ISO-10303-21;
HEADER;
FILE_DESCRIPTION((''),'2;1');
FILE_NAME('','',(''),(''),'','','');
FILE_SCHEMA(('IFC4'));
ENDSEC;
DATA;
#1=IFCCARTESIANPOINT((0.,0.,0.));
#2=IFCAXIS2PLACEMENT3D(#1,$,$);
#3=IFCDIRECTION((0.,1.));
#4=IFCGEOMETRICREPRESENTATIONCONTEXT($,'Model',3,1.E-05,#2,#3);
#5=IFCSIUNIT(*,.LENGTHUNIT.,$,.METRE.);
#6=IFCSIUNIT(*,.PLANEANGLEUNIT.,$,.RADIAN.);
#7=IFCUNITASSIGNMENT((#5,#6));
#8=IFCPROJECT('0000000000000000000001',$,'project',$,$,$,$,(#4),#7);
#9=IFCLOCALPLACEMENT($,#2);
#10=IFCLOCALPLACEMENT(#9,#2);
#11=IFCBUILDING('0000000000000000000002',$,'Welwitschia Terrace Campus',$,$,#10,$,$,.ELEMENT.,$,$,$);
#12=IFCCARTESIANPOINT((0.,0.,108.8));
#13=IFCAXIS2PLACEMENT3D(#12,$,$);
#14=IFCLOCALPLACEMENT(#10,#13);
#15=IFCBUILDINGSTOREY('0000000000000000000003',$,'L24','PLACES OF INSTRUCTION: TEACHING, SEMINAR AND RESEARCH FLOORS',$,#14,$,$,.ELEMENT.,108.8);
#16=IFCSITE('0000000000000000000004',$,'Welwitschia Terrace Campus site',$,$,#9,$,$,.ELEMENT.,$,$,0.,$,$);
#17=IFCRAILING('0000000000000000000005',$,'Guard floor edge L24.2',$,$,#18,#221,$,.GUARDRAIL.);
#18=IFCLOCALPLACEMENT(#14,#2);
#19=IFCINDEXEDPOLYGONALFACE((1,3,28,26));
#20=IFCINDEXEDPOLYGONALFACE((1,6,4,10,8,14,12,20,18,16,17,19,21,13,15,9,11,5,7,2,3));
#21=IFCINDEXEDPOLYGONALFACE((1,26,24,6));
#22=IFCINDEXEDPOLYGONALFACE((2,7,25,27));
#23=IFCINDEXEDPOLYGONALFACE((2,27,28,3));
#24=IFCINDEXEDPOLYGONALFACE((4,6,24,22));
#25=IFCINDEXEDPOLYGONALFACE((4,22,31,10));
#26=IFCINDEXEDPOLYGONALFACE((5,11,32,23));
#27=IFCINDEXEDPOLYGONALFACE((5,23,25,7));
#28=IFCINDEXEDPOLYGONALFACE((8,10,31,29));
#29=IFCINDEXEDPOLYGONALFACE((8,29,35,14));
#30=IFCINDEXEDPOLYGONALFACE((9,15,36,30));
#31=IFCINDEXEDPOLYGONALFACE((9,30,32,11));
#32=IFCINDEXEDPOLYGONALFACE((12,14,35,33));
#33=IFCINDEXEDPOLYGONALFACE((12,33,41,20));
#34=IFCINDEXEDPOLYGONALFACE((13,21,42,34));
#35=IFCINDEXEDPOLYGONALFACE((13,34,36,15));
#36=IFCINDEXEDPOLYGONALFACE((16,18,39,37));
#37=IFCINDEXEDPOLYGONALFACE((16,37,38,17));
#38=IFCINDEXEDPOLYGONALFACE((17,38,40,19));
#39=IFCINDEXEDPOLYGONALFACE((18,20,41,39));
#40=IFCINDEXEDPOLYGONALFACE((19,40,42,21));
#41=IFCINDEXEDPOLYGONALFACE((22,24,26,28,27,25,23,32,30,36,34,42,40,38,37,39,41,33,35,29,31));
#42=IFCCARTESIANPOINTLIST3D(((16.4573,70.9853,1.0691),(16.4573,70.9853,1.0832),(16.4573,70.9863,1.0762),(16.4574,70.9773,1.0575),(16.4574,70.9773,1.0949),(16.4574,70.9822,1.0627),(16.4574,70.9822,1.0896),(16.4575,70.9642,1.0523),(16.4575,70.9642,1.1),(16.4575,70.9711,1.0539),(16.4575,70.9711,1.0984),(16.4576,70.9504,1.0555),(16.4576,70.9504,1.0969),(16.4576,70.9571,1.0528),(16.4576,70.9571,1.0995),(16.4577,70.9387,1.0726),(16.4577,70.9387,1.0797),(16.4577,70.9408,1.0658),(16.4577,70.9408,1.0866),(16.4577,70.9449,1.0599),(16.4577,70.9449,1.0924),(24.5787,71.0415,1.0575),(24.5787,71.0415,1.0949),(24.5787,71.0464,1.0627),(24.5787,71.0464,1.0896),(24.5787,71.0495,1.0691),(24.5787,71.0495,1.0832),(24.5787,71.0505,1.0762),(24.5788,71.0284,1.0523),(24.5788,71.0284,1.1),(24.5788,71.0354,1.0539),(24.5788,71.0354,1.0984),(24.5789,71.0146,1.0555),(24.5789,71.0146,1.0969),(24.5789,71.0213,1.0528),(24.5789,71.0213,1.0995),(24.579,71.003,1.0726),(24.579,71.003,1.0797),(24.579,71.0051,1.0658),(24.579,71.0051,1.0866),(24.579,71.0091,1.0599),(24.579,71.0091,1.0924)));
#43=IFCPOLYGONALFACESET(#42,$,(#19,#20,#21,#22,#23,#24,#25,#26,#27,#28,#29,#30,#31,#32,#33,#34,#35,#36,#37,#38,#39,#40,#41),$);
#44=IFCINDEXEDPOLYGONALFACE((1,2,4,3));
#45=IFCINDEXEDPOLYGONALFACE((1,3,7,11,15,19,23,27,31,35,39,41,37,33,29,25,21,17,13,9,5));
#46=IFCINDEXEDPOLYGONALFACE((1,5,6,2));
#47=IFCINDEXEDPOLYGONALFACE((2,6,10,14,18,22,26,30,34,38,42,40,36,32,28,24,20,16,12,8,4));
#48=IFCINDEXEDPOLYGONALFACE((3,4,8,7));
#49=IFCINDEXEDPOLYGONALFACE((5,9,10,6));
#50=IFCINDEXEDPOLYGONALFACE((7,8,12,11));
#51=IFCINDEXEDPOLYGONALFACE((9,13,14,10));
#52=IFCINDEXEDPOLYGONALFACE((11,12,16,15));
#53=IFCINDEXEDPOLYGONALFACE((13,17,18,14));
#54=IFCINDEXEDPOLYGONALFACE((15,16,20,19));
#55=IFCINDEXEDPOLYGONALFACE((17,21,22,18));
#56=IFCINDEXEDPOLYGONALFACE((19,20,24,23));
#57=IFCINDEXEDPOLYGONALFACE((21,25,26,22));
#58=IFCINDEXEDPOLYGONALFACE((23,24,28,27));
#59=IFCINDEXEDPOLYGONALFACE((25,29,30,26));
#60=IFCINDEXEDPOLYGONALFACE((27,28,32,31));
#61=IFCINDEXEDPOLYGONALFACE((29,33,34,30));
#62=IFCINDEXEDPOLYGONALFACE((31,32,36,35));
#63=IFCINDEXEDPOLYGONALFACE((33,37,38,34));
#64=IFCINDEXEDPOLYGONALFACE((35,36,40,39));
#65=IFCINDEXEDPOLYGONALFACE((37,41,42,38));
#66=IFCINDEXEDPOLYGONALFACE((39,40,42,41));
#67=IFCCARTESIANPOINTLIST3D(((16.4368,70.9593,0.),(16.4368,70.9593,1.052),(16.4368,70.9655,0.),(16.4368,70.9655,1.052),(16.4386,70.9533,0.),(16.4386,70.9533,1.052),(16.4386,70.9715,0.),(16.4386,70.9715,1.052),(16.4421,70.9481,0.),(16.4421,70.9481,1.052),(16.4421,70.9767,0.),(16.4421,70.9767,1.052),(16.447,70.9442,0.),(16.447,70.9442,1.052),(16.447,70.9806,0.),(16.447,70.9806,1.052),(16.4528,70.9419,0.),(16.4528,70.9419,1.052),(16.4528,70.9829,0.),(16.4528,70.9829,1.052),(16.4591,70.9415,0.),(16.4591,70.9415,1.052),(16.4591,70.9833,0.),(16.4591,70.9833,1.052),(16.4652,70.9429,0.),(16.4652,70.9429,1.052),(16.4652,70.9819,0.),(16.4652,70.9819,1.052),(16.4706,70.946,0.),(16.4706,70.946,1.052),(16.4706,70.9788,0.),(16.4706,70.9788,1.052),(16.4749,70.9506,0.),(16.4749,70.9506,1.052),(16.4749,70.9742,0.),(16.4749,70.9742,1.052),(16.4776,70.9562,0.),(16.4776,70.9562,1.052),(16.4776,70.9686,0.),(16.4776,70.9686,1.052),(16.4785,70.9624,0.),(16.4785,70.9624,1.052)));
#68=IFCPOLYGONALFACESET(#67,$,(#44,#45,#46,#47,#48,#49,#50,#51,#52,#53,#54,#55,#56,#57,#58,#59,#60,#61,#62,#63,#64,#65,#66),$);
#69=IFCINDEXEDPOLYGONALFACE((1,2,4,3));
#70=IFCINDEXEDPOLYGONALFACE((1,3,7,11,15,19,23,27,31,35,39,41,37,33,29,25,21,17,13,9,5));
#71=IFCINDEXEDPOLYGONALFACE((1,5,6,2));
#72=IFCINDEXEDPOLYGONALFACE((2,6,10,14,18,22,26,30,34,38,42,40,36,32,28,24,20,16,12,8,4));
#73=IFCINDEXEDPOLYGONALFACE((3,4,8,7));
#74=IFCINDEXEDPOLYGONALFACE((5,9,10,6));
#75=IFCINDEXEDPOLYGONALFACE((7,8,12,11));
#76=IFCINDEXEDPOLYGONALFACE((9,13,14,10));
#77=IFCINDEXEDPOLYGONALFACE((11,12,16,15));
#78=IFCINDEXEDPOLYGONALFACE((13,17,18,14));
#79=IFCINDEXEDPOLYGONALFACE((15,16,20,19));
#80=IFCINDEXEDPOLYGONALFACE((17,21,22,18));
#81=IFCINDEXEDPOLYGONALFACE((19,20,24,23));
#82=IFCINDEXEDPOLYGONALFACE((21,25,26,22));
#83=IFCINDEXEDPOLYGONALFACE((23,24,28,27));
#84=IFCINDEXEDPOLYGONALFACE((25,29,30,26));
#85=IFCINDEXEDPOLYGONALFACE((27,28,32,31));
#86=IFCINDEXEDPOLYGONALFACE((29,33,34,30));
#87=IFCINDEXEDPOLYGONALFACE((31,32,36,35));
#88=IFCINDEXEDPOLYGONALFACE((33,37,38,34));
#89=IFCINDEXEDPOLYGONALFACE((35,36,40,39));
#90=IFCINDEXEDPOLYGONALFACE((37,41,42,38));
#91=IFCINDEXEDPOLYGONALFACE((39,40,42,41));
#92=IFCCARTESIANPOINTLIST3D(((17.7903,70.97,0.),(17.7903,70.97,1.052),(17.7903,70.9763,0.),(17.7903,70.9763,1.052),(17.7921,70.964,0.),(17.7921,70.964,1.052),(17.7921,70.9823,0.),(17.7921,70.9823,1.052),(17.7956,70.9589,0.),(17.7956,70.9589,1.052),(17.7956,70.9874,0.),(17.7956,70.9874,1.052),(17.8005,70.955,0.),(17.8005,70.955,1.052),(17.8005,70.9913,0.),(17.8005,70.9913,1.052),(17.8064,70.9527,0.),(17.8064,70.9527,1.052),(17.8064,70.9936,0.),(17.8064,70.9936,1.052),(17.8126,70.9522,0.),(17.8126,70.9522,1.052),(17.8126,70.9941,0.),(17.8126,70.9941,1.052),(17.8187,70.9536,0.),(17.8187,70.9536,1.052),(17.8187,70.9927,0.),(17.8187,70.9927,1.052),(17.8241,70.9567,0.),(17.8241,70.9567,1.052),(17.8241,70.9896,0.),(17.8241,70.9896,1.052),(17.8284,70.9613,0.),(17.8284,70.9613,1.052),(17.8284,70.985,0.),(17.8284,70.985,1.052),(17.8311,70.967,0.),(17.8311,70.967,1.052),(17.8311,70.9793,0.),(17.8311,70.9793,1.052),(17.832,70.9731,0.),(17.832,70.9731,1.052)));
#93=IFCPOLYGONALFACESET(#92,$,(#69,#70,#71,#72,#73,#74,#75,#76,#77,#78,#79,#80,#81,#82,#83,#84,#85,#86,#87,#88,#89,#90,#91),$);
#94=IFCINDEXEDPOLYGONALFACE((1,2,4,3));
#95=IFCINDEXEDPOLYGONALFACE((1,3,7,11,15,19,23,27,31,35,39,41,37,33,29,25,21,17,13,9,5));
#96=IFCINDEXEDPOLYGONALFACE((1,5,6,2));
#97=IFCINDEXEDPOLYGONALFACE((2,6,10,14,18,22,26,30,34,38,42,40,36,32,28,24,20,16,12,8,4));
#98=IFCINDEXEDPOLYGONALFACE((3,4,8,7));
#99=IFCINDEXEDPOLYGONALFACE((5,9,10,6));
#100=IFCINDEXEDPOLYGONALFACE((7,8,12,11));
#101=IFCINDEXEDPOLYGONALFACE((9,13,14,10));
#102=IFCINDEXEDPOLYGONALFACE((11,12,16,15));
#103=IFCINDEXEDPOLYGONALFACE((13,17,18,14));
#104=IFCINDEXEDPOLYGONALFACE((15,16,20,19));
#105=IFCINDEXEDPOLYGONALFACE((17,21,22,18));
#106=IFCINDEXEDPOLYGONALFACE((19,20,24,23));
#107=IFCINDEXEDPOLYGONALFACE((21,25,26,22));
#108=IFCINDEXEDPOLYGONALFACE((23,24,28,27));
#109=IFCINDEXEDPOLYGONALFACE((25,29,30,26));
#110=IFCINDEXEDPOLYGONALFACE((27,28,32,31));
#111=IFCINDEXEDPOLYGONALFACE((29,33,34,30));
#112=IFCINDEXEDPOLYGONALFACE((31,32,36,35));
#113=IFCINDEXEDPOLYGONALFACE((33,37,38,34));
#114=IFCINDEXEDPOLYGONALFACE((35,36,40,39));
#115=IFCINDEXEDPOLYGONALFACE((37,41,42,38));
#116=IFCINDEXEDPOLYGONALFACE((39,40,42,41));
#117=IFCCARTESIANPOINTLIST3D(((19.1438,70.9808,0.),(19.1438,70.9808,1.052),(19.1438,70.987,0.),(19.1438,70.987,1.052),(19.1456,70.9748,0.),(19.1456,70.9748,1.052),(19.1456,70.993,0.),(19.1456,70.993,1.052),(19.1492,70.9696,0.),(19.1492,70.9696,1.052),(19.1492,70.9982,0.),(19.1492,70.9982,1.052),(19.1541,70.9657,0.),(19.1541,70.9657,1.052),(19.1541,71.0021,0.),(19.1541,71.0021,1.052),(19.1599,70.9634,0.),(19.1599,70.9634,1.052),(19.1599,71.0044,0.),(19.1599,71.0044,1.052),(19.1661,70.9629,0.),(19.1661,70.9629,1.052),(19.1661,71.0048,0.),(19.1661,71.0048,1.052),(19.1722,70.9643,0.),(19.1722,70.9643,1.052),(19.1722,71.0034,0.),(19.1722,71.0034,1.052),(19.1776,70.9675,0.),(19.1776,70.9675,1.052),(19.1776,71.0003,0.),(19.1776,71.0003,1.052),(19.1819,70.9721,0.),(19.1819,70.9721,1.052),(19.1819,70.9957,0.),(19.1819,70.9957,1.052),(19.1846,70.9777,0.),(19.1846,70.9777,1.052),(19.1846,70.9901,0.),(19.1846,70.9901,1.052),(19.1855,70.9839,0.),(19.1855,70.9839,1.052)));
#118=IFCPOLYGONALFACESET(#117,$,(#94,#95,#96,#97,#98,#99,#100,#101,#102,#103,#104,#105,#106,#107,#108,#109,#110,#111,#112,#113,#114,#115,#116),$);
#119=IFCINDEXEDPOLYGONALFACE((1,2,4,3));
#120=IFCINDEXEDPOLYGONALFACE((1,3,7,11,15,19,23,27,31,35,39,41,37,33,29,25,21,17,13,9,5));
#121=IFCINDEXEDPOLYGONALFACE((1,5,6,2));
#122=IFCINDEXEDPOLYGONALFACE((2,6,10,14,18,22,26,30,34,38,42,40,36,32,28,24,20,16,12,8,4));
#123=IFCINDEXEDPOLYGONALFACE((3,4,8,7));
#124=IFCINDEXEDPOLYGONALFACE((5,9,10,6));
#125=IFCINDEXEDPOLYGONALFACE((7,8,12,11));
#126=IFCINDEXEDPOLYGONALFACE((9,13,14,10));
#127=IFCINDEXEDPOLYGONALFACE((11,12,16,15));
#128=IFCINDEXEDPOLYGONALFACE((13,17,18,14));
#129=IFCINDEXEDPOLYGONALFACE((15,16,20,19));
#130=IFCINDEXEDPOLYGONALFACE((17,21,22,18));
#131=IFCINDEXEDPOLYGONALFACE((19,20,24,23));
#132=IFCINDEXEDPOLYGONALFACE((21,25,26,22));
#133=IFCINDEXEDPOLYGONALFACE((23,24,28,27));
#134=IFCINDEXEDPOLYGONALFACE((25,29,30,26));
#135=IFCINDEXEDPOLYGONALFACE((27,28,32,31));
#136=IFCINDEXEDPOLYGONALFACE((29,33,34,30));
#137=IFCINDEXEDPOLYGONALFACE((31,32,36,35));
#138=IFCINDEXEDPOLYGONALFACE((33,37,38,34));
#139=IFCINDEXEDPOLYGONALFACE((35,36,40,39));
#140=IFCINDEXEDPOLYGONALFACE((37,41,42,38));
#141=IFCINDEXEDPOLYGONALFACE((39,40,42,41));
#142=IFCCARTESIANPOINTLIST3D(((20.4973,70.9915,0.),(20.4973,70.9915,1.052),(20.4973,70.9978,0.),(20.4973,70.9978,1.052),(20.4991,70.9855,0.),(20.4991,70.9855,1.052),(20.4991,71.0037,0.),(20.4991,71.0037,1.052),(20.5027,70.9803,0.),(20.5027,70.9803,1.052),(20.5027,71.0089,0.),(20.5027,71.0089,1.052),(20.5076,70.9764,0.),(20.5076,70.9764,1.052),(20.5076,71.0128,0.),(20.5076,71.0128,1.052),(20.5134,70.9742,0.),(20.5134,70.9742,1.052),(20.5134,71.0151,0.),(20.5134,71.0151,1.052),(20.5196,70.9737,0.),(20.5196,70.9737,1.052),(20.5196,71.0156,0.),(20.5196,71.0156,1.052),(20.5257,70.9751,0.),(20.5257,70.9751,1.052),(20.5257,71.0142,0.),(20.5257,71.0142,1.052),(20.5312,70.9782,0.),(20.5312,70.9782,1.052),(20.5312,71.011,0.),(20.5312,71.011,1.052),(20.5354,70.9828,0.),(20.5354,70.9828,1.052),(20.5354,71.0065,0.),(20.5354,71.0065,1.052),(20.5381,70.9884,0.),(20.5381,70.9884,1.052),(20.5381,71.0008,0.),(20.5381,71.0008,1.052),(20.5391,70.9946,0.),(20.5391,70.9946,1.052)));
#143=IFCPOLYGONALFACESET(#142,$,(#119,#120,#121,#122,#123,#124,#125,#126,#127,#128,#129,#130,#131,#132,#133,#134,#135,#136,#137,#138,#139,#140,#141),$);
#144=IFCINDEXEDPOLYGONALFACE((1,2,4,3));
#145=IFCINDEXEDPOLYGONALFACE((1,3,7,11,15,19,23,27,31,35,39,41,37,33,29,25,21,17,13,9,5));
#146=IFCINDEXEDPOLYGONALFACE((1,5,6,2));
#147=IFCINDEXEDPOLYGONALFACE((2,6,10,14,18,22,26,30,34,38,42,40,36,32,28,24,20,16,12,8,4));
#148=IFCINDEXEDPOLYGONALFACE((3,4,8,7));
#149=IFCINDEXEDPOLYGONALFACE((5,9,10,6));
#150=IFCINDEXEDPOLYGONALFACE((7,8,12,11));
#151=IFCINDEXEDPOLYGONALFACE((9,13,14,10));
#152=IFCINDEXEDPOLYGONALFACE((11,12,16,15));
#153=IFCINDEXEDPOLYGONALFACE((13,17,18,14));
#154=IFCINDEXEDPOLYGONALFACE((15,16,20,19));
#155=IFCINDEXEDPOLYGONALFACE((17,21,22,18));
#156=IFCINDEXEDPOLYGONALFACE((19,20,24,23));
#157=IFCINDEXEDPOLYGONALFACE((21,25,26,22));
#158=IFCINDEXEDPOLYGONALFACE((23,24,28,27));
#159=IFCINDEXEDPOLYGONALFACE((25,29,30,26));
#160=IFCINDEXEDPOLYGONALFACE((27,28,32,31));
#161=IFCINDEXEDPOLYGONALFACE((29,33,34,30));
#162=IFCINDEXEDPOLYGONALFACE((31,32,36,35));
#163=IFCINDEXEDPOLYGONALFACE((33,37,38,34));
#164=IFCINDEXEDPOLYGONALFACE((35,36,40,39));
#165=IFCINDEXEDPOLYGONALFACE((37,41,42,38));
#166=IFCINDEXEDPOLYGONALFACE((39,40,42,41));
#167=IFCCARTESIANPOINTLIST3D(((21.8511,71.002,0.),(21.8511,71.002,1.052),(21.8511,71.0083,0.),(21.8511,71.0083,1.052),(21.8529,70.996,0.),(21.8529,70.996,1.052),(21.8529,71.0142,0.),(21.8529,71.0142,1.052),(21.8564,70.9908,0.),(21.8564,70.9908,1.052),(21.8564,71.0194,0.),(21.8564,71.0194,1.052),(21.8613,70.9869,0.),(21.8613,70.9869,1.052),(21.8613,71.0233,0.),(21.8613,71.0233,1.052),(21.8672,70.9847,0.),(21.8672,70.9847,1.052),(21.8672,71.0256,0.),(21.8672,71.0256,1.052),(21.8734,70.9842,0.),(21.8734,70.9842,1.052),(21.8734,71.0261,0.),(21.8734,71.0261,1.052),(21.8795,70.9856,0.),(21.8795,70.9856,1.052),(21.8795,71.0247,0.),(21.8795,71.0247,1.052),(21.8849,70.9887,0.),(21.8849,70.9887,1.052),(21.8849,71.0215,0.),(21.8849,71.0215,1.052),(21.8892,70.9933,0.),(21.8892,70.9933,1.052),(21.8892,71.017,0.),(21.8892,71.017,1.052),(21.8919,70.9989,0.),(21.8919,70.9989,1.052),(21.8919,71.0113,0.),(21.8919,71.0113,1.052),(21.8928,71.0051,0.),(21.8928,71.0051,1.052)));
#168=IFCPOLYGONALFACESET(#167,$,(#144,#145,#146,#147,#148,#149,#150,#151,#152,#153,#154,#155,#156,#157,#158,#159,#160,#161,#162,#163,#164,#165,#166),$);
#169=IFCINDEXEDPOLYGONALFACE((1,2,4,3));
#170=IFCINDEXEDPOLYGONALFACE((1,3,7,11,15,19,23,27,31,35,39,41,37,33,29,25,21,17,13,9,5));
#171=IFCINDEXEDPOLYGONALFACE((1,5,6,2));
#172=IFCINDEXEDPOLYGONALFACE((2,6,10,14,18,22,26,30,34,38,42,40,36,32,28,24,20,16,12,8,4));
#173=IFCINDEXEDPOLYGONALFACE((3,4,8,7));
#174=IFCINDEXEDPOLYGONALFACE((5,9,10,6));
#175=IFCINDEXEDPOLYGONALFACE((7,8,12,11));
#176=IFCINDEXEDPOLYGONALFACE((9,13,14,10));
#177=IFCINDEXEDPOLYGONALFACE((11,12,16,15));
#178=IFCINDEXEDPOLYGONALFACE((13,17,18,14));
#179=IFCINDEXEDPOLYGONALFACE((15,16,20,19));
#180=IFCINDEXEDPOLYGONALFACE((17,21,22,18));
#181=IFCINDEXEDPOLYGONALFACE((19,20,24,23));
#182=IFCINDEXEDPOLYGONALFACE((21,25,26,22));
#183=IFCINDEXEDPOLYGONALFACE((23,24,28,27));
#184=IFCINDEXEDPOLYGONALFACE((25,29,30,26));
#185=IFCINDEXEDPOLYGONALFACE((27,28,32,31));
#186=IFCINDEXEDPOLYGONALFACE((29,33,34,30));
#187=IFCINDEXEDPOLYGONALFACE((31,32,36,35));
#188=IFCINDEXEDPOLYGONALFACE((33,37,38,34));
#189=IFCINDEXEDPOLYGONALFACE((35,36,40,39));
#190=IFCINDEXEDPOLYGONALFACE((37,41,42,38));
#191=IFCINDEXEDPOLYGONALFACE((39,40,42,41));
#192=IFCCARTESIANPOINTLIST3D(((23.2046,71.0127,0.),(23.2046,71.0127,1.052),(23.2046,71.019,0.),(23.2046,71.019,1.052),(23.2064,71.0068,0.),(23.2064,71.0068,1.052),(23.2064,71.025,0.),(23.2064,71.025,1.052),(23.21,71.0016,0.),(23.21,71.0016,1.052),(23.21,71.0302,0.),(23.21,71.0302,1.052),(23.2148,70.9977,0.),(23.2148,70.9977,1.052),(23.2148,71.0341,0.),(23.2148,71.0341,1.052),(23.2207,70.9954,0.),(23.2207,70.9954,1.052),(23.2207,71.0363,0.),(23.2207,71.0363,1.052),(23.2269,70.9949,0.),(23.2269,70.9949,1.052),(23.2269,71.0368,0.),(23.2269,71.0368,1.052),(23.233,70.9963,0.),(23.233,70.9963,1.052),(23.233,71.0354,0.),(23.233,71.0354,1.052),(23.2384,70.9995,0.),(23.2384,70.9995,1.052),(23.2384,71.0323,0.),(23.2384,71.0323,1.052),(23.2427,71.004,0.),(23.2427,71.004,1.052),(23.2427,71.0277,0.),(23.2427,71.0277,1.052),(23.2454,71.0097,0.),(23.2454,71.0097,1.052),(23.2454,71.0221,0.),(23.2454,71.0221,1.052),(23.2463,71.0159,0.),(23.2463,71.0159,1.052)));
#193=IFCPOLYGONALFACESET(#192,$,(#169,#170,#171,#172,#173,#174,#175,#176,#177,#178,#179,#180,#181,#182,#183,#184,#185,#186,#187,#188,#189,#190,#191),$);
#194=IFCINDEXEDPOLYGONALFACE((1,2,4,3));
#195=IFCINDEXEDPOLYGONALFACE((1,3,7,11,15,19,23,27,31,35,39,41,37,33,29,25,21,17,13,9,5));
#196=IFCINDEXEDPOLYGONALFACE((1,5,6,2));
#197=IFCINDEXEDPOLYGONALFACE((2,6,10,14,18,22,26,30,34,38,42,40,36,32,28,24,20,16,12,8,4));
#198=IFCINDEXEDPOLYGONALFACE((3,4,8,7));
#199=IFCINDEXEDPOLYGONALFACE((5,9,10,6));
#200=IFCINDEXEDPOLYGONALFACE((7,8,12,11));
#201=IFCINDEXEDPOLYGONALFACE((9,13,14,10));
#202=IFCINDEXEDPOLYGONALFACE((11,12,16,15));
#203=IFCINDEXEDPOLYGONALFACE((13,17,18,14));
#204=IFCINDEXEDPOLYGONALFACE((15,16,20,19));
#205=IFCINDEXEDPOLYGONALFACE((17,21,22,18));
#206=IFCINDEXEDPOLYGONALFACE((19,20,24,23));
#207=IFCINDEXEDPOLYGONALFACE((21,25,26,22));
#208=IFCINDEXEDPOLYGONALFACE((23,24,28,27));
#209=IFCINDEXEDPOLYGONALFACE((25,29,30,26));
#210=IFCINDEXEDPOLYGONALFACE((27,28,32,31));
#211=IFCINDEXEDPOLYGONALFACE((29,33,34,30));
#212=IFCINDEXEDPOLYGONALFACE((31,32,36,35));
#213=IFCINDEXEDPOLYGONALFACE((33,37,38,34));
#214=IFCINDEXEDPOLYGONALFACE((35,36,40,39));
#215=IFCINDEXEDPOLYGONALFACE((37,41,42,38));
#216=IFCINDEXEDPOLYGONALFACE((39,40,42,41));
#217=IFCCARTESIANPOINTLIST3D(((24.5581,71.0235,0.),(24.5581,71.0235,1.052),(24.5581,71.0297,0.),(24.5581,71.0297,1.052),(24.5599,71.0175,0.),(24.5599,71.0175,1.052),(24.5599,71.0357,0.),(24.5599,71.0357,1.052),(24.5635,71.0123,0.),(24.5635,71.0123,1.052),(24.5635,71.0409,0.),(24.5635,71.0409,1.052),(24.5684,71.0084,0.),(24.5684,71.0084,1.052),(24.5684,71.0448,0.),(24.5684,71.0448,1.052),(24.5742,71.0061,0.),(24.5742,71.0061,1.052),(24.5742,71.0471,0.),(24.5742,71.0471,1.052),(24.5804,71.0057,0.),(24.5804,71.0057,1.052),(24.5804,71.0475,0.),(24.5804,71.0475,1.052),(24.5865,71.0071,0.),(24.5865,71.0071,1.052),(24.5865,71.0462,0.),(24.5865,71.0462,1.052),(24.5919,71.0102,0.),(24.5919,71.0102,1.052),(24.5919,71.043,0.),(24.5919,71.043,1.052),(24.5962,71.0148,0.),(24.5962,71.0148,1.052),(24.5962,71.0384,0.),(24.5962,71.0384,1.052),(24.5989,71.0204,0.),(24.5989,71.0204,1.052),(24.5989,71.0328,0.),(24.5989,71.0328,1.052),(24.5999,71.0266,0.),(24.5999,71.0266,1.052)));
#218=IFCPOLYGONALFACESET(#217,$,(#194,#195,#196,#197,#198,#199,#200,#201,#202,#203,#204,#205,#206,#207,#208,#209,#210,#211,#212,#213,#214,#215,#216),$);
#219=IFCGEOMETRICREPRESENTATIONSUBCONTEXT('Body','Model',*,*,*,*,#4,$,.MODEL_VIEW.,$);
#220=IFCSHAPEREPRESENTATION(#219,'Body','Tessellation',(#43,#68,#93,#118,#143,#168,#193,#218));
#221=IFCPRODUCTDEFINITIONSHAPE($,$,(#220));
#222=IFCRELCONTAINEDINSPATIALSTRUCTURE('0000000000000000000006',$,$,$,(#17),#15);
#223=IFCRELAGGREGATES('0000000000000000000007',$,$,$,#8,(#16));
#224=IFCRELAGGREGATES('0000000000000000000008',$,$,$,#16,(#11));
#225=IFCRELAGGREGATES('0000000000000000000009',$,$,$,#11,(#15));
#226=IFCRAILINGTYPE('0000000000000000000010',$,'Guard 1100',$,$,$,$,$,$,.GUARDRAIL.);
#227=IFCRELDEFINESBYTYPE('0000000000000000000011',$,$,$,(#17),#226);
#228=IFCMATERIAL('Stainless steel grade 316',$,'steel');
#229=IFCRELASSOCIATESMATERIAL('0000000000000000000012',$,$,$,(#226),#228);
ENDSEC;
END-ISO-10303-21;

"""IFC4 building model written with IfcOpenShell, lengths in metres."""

from ifc_helpers import new_model, si_unit, direction, frame, origin, origin_2d, place, context, subcontext, project, spatial, circle, extrude, material, type_object, element, save


model = new_model("IFC4")

# Units and contexts
model_context = context("Model", 3, precision=1e-05, world=origin(), true_north=direction((0.0, 1.0)))
body_context = subcontext(model_context, "Body", "Model", "MODEL_VIEW")
ifc_project = project(units=[si_unit("LENGTHUNIT", "METRE"), si_unit("PLANEANGLEUNIT", "RADIAN")], contexts=[model_context])

# Site, building, storey
site_placement = place(None, origin())
site = spatial("IfcSite", under=ifc_project, at=site_placement, Name="Welwitschia Terrace Campus site", CompositionType="ELEMENT", RefElevation=0.0)
building_placement = place(site_placement, origin())
building = spatial("IfcBuilding", under=site, at=building_placement, Name="Welwitschia Terrace Campus", CompositionType="ELEMENT")
storey_placement = place(building_placement, frame((0.0, 0.0, 108.8)))
storey = spatial("IfcBuildingStorey", under=building, at=storey_placement, Name="L24", Description="PLACES OF INSTRUCTION: TEACHING, SEMINAR AND RESEARCH FLOORS", CompositionType="ELEMENT", Elevation=108.8)

# Railing
ifc_material_1 = material(Name="Stainless steel grade 316", Category="steel")
railing_type = type_object("IfcRailingType", Name="Guard 1100", PredefinedType="GUARDRAIL", material=ifc_material_1)
railing_placement = place(storey_placement, frame((16.4575, 70.9624, 0.0)))
element("IfcRailing", 1, at=railing_placement, inside=storey, type_object=railing_type, Name="Guard floor edge L24.2", PredefinedType="GUARDRAIL", context=body_context, shape_type="SweptSolid", body=[
    extrude(circle(Radius=0.0239, at=origin_2d()), frame((0.0, 0.0, 1.0762), z_axis=(0.999969, 0.007906, 0.0), x_axis=(-0.007906, 0.999969, 0.0)), (0.0, 0.0, 1.0), 8.1216),
    extrude(circle(Radius=0.021, at=origin_2d()), origin(), (0.0, 0.0, 1.0), 1.052),
    extrude(circle(Radius=0.021, at=origin_2d()), frame((1.3535, 0.0107, 0.0)), (0.0, 0.0, 1.0), 1.052),
    extrude(circle(Radius=0.021, at=origin_2d()), frame((2.707, 0.0215, 0.0)), (0.0, 0.0, 1.0), 1.052),
    extrude(circle(Radius=0.021, at=origin_2d()), frame((4.0605, 0.0322, 0.0)), (0.0, 0.0, 1.0), 1.052),
    extrude(circle(Radius=0.021, at=origin_2d()), frame((5.4143, 0.0427, 0.0)), (0.0, 0.0, 1.0), 1.052),
    extrude(circle(Radius=0.021, at=origin_2d()), frame((6.7678, 0.0535, 0.0)), (0.0, 0.0, 1.0), 1.052),
    extrude(circle(Radius=0.021, at=origin_2d()), frame((8.1213, 0.0642, 0.0)), (0.0, 0.0, 1.0), 1.052),
])

save(model, "model.ifc")
